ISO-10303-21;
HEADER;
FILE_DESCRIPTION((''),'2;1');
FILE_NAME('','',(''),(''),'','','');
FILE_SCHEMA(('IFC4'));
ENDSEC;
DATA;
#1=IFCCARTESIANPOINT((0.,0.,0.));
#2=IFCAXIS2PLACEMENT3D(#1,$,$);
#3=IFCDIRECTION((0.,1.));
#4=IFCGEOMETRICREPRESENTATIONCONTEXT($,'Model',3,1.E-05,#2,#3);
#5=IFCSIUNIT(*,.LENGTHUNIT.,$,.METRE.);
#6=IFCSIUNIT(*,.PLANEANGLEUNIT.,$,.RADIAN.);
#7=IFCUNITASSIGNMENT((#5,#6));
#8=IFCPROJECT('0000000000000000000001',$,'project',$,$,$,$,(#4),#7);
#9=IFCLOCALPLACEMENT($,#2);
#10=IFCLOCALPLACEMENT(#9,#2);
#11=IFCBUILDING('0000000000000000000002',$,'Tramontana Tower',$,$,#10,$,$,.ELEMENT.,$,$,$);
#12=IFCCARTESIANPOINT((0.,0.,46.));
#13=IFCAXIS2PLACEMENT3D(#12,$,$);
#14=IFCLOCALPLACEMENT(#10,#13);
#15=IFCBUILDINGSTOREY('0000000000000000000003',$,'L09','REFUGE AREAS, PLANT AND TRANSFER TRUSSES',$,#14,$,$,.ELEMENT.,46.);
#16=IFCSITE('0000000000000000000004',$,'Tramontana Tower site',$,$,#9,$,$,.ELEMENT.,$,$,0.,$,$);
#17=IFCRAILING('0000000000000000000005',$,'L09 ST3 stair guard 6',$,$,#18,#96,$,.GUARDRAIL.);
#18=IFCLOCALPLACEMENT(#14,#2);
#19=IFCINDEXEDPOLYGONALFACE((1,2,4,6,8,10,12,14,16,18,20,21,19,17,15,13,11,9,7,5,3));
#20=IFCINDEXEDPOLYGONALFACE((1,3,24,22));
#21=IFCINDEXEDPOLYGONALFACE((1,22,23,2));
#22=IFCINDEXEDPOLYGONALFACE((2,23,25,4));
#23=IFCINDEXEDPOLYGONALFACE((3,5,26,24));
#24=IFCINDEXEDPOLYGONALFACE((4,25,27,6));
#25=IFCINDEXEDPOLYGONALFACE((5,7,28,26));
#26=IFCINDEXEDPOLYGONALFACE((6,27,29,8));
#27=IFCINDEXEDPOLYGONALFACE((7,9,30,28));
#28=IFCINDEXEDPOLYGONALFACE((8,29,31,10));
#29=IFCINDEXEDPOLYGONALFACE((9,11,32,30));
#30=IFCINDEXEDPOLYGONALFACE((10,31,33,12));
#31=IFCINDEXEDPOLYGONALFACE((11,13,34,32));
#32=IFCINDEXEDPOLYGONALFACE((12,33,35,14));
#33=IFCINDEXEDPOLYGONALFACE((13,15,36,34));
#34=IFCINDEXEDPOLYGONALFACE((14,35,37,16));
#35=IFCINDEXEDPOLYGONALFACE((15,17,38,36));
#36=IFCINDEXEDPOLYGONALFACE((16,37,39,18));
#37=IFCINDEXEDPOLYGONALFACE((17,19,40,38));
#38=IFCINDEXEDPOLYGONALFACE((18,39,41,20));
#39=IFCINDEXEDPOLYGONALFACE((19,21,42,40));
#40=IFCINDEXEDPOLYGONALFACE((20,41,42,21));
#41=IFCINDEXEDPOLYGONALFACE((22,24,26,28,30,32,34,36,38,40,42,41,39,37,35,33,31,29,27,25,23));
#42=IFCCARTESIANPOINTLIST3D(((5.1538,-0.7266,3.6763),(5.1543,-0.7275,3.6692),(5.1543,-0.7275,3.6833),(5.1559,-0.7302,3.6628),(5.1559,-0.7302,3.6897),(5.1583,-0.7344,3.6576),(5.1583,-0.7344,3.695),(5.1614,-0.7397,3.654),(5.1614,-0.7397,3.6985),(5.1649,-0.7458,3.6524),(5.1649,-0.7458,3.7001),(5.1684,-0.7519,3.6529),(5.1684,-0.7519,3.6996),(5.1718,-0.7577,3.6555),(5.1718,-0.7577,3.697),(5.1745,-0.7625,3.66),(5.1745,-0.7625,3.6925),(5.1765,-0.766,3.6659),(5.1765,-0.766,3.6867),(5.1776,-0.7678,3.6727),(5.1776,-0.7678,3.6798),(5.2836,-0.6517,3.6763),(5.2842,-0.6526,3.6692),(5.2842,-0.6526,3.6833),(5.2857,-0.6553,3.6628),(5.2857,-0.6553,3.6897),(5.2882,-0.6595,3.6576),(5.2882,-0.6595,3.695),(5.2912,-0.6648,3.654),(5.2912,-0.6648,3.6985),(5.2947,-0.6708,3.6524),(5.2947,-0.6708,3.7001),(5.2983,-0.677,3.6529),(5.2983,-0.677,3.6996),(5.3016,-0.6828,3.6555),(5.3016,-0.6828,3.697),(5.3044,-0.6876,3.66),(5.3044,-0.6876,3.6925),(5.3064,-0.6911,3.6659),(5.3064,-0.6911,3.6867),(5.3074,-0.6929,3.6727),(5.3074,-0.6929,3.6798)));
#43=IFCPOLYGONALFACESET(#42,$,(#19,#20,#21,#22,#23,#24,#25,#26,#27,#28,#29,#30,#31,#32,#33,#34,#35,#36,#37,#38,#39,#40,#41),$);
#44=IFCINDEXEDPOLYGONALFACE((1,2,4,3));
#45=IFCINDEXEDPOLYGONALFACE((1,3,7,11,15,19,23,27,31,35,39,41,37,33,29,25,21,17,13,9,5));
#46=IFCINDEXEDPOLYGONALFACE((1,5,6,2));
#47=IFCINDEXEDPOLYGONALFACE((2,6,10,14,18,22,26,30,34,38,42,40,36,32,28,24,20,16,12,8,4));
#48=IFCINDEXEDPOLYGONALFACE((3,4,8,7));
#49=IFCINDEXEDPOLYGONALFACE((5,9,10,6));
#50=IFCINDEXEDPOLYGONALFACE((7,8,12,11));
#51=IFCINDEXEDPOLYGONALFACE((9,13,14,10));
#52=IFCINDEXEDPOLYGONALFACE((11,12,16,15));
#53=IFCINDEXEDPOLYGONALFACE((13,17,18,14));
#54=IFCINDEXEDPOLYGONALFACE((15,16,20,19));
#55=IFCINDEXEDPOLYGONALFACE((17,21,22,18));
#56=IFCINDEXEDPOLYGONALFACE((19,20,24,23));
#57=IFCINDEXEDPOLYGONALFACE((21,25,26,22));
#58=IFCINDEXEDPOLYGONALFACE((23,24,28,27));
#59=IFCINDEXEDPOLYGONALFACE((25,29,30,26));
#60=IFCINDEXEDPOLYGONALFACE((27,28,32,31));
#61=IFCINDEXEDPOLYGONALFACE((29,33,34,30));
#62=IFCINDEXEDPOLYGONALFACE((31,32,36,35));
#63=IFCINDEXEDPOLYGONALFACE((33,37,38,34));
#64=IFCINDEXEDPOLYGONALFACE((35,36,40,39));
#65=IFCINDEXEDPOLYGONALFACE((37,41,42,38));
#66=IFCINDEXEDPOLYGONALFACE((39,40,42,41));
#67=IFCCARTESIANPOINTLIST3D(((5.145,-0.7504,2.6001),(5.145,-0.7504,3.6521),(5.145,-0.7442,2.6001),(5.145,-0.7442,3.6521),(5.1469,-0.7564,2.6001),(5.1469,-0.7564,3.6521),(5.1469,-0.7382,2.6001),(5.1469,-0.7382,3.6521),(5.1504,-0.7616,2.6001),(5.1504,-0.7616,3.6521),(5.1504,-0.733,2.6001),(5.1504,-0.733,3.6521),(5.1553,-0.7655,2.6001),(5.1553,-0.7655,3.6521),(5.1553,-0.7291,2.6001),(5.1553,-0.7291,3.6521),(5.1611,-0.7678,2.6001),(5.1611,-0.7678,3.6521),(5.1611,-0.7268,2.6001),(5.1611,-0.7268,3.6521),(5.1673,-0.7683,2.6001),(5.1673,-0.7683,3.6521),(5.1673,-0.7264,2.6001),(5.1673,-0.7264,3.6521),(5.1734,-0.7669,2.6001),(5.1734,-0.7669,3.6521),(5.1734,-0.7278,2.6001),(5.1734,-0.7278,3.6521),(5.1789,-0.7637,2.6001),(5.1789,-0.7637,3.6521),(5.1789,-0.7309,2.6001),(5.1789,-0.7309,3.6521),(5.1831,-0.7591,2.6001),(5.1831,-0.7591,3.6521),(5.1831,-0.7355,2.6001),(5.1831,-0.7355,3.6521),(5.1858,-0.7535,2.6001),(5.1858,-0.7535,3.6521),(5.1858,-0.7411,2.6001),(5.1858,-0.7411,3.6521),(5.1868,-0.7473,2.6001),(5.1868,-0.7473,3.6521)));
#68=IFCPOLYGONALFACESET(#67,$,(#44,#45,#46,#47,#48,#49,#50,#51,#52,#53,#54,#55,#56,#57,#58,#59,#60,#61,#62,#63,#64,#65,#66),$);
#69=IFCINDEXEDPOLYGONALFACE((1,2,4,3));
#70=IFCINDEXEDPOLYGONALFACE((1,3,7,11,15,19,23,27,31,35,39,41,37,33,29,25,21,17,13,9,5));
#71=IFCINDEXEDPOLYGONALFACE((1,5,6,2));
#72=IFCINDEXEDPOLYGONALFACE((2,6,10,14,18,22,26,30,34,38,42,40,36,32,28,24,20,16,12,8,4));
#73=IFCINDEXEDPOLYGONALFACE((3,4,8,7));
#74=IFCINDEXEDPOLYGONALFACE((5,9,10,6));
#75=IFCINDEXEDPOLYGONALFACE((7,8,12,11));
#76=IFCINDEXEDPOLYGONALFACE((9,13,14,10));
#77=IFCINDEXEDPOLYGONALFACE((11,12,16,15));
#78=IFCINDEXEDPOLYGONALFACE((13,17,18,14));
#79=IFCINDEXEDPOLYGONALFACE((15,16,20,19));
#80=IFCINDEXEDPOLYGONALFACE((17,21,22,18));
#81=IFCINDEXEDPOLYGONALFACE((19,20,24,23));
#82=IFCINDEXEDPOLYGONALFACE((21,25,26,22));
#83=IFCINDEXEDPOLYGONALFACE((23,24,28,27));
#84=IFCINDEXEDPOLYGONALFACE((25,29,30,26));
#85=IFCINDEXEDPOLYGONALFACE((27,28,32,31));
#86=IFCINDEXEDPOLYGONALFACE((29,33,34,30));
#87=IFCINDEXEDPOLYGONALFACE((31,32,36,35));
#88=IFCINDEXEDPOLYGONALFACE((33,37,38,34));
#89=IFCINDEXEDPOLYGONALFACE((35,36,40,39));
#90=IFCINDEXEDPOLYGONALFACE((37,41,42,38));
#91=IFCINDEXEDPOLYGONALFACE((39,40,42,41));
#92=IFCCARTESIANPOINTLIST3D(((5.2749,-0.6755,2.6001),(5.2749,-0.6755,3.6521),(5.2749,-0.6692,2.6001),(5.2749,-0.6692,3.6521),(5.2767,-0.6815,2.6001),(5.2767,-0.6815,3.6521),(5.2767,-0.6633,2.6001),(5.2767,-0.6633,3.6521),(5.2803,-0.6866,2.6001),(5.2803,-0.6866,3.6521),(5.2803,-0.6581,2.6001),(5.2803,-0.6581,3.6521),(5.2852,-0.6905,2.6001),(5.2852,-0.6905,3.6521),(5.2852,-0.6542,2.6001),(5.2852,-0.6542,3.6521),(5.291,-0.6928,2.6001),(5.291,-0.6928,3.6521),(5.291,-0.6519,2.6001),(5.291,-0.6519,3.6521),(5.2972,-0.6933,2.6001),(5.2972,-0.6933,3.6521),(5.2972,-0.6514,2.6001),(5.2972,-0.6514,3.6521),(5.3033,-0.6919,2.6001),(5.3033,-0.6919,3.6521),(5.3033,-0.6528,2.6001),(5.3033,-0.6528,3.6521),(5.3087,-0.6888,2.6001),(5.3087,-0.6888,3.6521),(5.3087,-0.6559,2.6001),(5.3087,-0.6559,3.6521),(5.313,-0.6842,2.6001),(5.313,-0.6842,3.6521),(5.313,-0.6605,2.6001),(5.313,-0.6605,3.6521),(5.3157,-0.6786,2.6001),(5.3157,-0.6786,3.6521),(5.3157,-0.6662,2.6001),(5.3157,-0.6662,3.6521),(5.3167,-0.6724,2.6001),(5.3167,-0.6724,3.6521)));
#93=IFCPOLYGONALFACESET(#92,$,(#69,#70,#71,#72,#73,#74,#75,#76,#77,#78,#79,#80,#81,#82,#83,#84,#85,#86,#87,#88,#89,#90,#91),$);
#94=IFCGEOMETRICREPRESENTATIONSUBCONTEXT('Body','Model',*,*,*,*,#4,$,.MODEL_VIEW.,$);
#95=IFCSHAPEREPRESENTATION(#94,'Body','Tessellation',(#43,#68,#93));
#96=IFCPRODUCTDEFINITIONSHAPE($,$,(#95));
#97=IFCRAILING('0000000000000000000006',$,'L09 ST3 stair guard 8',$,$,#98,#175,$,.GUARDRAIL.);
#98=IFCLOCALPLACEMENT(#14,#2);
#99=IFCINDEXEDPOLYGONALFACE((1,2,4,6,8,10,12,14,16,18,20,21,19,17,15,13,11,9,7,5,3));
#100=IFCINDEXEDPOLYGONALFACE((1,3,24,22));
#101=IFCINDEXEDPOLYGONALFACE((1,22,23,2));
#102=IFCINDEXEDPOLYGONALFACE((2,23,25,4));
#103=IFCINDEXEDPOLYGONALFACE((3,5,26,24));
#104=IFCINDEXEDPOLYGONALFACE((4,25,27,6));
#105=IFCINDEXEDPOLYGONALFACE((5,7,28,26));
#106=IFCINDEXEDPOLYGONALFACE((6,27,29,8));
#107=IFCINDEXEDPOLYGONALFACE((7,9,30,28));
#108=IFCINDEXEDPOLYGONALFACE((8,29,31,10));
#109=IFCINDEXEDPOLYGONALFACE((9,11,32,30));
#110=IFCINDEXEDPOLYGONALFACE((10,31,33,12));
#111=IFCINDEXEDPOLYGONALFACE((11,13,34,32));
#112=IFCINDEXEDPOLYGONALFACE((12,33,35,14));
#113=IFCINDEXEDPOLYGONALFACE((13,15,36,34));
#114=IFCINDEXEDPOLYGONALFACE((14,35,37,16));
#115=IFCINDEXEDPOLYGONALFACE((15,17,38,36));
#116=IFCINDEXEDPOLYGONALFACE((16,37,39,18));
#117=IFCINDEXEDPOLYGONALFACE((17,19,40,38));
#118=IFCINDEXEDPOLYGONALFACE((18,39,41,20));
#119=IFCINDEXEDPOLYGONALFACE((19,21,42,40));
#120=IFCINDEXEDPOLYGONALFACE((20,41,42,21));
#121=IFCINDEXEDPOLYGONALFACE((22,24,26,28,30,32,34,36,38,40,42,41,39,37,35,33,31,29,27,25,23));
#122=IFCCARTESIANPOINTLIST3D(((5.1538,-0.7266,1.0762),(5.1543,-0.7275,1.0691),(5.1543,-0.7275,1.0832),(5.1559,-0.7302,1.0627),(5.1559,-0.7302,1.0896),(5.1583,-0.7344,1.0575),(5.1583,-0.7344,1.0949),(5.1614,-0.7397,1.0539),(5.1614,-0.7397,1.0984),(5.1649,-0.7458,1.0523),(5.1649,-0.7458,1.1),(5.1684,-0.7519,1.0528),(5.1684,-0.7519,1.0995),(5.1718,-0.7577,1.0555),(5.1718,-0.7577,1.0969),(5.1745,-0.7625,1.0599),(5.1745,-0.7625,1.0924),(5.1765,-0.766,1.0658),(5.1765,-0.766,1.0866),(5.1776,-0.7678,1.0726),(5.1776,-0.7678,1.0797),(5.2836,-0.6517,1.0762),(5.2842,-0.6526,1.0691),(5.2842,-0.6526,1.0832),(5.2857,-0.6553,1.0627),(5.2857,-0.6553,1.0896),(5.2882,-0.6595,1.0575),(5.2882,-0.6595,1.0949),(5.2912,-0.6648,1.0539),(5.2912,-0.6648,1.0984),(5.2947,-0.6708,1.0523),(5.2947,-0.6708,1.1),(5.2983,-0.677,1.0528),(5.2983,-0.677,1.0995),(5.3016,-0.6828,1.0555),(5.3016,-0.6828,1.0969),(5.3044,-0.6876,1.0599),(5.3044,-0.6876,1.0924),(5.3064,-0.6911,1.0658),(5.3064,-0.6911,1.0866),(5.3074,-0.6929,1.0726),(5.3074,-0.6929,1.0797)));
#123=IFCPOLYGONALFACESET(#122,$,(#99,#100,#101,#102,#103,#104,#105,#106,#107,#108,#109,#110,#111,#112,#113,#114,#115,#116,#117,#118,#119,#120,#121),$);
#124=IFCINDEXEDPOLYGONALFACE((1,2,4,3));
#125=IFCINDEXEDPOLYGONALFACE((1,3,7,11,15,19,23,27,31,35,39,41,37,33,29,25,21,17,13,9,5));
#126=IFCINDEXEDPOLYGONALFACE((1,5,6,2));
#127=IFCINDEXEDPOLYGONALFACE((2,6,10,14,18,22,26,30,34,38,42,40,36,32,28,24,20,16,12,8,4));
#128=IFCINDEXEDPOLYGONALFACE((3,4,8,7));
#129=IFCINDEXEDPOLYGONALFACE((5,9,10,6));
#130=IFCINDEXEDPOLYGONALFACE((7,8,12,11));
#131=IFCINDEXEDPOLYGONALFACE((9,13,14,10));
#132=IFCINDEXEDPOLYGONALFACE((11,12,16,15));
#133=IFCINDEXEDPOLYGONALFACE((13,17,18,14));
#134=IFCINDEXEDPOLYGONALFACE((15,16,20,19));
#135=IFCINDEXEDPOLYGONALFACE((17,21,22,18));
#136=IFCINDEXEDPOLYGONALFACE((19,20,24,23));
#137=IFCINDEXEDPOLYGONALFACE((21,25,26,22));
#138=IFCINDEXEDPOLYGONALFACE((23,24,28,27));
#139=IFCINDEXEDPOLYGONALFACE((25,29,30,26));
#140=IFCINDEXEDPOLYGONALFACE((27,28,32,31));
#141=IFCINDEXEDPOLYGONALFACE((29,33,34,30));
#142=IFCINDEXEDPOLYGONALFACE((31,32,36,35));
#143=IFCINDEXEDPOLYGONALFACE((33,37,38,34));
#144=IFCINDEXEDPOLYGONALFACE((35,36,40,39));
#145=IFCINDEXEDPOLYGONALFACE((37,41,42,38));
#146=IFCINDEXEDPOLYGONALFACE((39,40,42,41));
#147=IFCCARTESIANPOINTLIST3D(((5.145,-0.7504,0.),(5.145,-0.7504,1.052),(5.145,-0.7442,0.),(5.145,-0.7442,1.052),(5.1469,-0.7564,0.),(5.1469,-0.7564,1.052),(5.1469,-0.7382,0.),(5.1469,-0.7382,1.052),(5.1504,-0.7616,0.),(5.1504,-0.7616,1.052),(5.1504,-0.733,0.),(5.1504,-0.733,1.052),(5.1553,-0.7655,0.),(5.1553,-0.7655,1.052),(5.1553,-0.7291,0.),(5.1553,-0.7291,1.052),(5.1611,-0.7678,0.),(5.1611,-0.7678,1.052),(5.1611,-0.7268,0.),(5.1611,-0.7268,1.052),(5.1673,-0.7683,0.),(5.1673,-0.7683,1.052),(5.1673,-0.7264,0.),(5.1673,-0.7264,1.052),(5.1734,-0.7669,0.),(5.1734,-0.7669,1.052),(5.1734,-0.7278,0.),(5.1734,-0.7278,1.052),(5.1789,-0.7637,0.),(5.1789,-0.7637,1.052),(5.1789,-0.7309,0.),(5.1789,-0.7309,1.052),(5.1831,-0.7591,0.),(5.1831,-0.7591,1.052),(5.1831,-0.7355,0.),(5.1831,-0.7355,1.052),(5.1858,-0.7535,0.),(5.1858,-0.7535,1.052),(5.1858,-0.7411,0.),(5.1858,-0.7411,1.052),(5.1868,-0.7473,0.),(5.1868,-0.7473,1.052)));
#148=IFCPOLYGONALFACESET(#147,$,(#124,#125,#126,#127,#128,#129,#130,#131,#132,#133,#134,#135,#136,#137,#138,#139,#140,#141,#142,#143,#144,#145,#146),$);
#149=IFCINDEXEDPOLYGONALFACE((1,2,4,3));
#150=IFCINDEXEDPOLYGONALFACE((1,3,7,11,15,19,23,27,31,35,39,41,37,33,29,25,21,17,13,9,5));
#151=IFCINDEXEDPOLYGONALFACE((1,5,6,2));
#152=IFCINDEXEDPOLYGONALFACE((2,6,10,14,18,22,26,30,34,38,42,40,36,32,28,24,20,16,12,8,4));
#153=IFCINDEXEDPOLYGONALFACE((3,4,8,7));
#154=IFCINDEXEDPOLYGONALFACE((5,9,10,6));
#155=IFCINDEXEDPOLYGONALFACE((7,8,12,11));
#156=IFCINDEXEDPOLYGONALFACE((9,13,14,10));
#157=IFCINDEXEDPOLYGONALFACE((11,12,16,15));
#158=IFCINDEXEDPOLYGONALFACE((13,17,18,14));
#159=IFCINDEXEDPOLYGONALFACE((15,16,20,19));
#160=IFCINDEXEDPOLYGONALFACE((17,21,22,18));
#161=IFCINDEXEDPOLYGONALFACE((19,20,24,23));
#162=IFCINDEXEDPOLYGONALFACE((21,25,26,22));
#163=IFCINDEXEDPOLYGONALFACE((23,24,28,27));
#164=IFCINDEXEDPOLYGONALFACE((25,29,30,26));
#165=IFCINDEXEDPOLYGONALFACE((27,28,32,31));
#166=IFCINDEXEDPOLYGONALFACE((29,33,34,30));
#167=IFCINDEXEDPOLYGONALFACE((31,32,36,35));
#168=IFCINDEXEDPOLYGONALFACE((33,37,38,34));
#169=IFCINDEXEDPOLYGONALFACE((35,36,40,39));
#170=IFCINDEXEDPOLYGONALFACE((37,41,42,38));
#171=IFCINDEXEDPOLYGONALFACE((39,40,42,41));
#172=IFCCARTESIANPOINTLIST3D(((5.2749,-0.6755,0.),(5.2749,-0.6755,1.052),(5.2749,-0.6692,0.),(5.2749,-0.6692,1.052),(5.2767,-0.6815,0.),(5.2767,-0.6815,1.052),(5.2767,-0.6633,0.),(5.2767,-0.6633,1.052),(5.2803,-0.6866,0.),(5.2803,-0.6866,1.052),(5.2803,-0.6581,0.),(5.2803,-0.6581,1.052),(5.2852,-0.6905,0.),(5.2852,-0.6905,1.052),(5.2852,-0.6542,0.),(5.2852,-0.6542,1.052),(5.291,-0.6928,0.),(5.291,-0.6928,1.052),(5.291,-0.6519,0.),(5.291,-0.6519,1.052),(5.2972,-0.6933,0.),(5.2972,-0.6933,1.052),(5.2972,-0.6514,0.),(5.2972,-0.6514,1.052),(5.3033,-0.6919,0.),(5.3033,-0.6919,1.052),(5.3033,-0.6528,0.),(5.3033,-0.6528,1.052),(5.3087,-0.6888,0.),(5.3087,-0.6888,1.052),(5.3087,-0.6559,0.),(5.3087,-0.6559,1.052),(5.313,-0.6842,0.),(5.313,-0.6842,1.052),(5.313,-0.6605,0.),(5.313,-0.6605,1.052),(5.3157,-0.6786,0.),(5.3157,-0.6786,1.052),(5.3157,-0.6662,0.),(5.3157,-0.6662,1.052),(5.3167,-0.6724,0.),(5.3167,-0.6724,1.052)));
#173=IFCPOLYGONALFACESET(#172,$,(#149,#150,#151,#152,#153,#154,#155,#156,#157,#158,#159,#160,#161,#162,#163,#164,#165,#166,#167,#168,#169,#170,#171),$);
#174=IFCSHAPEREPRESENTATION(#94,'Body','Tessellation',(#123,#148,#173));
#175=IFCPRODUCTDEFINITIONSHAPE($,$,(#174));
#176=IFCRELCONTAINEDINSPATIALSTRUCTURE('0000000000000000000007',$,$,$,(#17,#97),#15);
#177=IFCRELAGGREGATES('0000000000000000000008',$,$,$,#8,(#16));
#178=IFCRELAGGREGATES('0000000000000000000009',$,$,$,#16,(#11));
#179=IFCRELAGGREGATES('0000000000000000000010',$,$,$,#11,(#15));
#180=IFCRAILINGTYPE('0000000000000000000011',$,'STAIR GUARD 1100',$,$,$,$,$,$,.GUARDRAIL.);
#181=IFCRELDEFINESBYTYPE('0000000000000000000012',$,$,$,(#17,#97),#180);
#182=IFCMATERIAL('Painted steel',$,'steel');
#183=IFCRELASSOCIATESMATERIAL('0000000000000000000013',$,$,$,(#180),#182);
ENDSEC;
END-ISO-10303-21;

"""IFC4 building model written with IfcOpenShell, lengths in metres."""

from ifc_helpers import new_model, si_unit, direction, frame, origin, origin_2d, place, context, subcontext, project, spatial, circle, extrude, material, type_object, element, save


model = new_model("IFC4")

# Units and contexts
model_context = context("Model", 3, precision=1e-05, world=origin(), true_north=direction((0.0, 1.0)))
body_context = subcontext(model_context, "Body", "Model", "MODEL_VIEW")
ifc_project = project(units=[si_unit("LENGTHUNIT", "METRE"), si_unit("PLANEANGLEUNIT", "RADIAN")], contexts=[model_context])

# Site, building, storey
site_placement = place(None, origin())
site = spatial("IfcSite", under=ifc_project, at=site_placement, Name="Tramontana Tower site", CompositionType="ELEMENT", RefElevation=0.0)
building_placement = place(site_placement, origin())
building = spatial("IfcBuilding", under=site, at=building_placement, Name="Tramontana Tower", CompositionType="ELEMENT")
storey_placement = place(building_placement, frame((0.0, 0.0, 46.0)))
storey = spatial("IfcBuildingStorey", under=building, at=storey_placement, Name="L09", Description="REFUGE AREAS, PLANT AND TRANSFER TRUSSES", CompositionType="ELEMENT", Elevation=46.0)

# Railings
ifc_material_1 = material(Name="Painted steel", Category="steel")
railing_type_1 = type_object("IfcRailingType", Name="STAIR GUARD 1100", PredefinedType="GUARDRAIL", material=ifc_material_1)
for number, where, name in (
    (1, (5.1658, -0.7473, 2.6001), "L09 ST3 stair guard 6"),
    (2, (5.1658, -0.7473, 0.0), "L09 ST3 stair guard 8"),
):
    element("IfcRailing", number, at=place(storey_placement, frame(where)), inside=storey, type_object=railing_type_1, Name=name, PredefinedType="GUARDRAIL", context=body_context, shape_type="SweptSolid", body=[
        extrude(circle(Radius=0.0239, at=origin_2d()), frame((0.0, 0.0, 1.0762), z_axis=(0.866131, 0.499816, 0.0), x_axis=(-0.499816, 0.866131, 0.0)), (0.0, 0.0, 1.0), 0.1499),
        extrude(circle(Radius=0.021, at=origin_2d()), origin(), (0.0, 0.0, 1.0), 1.052),
        extrude(circle(Radius=0.021, at=origin_2d()), frame((0.1299, 0.075, 0.0)), (0.0, 0.0, 1.0), 1.052),
    ])

save(model, "model.ifc")
